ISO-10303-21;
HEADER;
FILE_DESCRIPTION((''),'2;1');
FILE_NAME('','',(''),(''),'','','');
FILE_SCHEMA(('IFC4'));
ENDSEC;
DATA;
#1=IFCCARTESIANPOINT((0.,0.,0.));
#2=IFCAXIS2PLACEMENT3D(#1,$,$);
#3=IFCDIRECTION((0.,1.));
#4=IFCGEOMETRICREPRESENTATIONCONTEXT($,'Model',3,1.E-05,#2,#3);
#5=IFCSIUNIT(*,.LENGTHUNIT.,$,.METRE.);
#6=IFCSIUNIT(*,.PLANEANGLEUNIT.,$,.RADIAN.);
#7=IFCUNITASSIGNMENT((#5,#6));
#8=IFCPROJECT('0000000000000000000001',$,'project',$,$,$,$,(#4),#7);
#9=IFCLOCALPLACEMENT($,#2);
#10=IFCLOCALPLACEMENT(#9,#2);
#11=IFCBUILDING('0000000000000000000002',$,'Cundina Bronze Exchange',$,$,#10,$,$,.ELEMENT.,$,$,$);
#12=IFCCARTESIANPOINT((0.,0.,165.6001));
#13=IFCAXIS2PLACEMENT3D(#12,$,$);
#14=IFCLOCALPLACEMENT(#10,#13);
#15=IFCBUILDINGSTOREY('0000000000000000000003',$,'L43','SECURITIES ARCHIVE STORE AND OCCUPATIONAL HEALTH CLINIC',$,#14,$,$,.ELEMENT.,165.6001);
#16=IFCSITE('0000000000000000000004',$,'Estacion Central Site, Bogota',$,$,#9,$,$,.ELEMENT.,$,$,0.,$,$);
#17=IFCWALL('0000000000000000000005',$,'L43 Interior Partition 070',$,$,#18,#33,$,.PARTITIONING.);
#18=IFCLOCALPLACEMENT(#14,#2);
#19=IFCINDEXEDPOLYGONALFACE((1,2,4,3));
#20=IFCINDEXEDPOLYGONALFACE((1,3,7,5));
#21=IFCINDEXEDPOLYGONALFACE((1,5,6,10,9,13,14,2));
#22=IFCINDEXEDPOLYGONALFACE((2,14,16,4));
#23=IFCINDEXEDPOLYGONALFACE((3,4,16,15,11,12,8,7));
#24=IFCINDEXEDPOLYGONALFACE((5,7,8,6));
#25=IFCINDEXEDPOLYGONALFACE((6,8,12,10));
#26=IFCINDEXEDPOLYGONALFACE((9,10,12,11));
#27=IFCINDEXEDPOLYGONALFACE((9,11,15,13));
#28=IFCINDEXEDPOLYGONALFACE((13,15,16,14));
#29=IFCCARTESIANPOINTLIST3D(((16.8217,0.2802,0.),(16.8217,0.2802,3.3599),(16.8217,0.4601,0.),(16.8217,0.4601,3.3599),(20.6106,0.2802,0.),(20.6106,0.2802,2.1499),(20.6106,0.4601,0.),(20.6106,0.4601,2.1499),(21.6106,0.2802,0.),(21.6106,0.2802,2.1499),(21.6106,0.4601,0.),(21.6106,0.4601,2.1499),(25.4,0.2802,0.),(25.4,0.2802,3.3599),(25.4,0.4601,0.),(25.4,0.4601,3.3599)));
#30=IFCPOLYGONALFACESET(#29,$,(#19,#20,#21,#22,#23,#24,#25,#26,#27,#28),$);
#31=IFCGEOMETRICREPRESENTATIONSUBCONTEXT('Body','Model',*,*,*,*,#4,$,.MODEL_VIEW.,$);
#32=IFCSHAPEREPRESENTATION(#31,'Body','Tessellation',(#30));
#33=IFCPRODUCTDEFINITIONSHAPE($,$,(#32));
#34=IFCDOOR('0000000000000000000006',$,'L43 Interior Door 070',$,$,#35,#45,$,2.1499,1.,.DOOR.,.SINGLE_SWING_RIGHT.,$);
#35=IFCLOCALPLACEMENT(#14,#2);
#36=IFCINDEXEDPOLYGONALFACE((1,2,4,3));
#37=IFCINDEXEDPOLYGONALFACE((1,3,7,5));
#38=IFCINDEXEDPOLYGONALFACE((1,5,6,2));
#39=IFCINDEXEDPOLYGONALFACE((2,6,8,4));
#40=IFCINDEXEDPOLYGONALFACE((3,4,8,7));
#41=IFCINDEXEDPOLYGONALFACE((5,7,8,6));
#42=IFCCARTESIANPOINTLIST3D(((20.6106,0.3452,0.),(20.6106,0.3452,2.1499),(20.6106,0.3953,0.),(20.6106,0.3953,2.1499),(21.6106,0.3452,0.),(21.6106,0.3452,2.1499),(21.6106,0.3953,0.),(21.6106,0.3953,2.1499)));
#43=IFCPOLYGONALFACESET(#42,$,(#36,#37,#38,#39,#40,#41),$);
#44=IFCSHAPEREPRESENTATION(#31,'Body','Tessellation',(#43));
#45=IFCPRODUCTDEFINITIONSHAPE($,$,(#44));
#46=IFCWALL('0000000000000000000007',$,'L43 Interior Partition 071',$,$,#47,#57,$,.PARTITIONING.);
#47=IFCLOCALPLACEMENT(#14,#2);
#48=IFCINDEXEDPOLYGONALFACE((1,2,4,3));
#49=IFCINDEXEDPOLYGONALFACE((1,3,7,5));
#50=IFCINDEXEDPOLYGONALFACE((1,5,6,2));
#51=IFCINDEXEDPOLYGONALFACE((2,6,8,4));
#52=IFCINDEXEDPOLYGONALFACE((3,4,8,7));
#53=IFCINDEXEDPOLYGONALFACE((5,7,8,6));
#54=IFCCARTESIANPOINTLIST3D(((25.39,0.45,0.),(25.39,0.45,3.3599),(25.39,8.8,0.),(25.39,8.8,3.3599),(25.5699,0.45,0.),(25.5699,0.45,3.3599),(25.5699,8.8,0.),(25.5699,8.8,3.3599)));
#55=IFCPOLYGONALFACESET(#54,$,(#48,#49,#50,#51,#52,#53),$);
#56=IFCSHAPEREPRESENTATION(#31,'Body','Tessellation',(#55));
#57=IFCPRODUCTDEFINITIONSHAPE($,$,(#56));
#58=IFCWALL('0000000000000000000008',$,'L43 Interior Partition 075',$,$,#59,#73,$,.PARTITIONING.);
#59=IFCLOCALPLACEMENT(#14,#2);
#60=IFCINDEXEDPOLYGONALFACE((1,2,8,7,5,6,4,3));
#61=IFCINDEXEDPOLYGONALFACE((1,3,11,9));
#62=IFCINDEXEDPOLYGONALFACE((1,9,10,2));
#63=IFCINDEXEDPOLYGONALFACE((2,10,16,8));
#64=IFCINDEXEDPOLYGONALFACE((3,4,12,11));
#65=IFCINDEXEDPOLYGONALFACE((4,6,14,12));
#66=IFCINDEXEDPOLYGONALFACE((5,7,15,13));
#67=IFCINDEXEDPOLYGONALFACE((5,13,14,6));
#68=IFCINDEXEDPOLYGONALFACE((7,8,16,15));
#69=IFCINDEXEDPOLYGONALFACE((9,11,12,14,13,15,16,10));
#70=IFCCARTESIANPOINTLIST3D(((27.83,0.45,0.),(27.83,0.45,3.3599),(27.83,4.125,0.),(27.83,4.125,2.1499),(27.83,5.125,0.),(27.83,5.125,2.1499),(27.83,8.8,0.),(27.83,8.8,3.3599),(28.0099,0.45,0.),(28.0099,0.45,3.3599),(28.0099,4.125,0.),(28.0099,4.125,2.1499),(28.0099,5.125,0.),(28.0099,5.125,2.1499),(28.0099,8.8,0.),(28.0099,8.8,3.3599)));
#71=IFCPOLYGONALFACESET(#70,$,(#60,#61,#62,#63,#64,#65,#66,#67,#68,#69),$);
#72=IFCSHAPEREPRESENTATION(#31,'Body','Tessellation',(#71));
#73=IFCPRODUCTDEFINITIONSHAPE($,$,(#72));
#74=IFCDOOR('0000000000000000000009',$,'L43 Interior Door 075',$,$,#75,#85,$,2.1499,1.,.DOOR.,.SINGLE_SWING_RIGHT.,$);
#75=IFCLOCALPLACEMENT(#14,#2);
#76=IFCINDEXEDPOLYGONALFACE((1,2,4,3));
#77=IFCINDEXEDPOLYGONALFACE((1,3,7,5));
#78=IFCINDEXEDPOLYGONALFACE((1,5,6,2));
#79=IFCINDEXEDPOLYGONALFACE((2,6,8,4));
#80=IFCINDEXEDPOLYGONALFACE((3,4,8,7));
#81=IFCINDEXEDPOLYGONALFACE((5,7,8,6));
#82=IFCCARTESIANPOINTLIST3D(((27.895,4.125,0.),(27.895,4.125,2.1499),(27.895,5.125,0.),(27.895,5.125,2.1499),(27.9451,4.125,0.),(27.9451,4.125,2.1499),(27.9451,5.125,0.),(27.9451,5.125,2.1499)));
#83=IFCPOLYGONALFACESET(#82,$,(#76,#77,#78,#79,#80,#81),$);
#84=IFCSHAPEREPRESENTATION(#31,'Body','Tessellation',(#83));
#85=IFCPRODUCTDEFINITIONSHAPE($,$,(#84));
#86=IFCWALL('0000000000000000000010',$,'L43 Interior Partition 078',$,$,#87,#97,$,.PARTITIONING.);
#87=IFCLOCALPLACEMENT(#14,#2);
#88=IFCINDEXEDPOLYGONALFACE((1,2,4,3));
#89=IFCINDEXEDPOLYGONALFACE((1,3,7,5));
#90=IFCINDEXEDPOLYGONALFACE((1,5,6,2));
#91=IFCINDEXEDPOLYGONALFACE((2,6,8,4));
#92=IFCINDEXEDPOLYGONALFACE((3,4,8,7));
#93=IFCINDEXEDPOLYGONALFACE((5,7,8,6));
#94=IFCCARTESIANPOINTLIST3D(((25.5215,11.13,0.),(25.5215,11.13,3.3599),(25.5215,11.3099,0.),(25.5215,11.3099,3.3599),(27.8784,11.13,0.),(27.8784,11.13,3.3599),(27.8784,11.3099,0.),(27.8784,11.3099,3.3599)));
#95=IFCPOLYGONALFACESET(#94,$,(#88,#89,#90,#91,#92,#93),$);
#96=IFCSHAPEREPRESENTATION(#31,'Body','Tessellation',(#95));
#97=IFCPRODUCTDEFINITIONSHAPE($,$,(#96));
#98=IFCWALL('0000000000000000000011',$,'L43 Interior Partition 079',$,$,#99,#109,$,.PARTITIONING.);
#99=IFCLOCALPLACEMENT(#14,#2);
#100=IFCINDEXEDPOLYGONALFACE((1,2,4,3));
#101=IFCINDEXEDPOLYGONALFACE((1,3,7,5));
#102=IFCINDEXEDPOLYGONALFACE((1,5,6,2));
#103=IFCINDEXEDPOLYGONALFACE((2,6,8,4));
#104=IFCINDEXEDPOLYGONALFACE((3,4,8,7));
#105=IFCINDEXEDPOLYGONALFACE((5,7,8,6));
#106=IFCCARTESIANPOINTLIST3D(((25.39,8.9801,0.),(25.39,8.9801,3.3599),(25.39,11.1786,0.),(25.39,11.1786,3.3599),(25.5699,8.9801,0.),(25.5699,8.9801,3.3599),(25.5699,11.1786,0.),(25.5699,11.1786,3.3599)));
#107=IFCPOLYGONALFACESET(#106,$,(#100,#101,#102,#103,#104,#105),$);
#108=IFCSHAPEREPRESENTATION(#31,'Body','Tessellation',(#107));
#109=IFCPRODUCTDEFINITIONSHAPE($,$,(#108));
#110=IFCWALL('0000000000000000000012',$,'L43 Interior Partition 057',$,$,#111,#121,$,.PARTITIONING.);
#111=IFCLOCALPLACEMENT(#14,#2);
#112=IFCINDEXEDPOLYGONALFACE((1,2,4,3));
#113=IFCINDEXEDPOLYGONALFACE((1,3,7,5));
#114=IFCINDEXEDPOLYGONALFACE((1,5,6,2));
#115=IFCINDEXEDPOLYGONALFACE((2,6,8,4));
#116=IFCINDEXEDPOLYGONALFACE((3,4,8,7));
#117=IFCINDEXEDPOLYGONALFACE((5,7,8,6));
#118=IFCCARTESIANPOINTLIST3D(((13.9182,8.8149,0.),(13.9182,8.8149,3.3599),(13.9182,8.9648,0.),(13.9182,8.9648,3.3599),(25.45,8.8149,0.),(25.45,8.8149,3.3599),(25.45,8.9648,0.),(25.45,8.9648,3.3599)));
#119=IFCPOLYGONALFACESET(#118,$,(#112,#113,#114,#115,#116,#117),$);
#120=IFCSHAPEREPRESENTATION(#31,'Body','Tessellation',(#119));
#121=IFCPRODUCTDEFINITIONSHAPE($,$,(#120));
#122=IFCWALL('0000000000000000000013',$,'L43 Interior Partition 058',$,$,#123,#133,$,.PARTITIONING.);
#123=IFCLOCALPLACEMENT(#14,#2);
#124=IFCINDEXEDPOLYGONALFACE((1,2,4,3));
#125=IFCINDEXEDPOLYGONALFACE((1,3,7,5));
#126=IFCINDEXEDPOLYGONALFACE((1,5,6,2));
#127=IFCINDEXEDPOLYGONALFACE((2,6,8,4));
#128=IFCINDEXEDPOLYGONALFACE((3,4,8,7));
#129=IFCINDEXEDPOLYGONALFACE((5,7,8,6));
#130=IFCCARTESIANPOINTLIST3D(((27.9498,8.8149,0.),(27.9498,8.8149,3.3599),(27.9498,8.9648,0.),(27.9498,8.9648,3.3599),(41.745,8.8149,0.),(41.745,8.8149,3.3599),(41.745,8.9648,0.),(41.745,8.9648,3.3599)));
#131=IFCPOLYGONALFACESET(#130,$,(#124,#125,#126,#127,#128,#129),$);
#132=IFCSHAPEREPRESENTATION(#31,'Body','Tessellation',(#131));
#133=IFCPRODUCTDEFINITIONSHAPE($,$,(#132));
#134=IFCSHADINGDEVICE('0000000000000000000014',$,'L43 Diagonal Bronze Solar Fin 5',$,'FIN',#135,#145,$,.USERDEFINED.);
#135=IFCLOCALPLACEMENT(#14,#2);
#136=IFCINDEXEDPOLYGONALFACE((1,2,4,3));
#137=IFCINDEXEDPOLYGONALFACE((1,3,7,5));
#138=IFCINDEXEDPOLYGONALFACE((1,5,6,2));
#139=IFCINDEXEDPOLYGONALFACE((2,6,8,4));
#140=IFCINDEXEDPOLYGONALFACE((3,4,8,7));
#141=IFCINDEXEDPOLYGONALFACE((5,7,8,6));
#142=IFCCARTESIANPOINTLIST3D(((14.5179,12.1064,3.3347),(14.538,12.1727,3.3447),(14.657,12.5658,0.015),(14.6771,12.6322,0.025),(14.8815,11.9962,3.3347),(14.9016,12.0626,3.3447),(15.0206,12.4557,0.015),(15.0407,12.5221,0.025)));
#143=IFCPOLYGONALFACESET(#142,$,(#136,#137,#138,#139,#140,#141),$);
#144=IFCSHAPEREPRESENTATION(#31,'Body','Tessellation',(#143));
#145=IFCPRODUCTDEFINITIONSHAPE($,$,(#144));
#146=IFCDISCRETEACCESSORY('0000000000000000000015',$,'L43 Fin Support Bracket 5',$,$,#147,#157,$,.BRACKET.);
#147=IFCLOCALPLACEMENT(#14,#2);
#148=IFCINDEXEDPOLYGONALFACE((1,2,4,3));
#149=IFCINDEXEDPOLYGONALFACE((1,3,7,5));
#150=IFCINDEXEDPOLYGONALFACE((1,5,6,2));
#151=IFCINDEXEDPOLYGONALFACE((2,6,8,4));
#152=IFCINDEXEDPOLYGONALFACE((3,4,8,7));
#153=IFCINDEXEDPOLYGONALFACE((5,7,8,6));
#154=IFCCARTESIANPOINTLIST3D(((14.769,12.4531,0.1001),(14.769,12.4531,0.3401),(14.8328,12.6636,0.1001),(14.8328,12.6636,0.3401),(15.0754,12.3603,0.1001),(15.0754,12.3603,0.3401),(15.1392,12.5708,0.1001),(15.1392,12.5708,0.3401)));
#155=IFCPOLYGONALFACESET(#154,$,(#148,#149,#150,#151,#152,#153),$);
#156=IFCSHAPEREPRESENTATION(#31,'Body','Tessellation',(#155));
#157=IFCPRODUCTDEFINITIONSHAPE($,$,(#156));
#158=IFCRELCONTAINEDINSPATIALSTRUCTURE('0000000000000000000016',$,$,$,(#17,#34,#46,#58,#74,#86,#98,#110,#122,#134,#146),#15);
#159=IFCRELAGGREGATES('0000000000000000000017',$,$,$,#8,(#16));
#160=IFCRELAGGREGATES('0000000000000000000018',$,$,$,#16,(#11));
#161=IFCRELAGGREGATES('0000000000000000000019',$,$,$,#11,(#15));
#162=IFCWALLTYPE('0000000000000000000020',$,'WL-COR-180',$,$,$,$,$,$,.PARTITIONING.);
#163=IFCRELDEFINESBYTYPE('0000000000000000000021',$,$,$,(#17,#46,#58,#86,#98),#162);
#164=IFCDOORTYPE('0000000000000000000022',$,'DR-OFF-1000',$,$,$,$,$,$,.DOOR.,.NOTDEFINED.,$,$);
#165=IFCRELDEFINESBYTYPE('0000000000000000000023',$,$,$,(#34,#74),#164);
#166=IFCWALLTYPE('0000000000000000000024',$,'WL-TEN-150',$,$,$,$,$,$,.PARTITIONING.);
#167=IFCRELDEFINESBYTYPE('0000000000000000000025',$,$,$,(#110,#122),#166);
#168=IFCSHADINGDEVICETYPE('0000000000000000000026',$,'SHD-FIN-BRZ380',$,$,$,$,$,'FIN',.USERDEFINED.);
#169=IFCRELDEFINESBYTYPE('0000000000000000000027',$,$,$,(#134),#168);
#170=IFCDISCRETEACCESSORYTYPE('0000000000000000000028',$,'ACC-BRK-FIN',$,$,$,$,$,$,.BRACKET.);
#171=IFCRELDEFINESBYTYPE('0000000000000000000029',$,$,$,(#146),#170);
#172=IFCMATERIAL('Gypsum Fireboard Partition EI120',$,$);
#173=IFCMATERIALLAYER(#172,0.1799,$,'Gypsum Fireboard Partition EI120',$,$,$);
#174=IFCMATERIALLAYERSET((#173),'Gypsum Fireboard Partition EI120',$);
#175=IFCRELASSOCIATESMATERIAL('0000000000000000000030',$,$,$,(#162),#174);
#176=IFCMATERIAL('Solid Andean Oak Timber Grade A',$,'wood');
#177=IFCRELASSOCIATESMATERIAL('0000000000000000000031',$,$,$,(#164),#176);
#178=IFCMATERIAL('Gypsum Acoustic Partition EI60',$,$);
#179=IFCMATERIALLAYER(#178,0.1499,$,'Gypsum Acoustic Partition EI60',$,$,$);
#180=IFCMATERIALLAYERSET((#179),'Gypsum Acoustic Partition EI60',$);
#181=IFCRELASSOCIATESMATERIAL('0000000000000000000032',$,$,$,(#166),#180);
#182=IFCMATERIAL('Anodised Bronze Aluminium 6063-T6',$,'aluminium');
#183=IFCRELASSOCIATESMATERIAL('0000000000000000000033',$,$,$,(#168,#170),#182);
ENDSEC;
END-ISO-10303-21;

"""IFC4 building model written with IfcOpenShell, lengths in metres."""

from ifc_helpers import new_model, si_unit, direction, frame, frame_2d, origin, origin_2d, place, context, subcontext, project, spatial, rectangle, extrude, material, layer, layer_set, material_profile, profile_set, type_object, element, fill, save


model = new_model("IFC4")

# Units and contexts
model_context = context("Model", 3, precision=1e-05, world=origin(), true_north=direction((0.0, 1.0)))
body_context = subcontext(model_context, "Body", "Model", "MODEL_VIEW")
ifc_project = project(units=[si_unit("LENGTHUNIT", "METRE"), si_unit("PLANEANGLEUNIT", "RADIAN")], contexts=[model_context])

# Site, building, storey
site_placement = place(None, origin())
site = spatial("IfcSite", under=ifc_project, at=site_placement, Name="Estacion Central Site, Bogota", CompositionType="ELEMENT", RefElevation=0.0)
building_placement = place(site_placement, origin())
building = spatial("IfcBuilding", under=site, at=building_placement, Name="Cundina Bronze Exchange", CompositionType="ELEMENT")
storey_placement = place(building_placement, frame((0.0, 0.0, 165.6001)))
storey = spatial("IfcBuildingStorey", under=building, at=storey_placement, Name="L43", Description="SECURITIES ARCHIVE STORE AND OCCUPATIONAL HEALTH CLINIC", CompositionType="ELEMENT", Elevation=165.6001)

# Shared definitions
ifc_material_1 = material(Name="Anodised Bronze Aluminium 6063-T6", Category="aluminium")

# Wall, opening, door
ifc_material_2 = material(Name="Gypsum Fireboard Partition EI120")
ifc_layer_1 = layer(ifc_material_2, 0.1799, Name="Gypsum Fireboard Partition EI120")
ifc_layer_set_1 = layer_set([ifc_layer_1], Name="Gypsum Fireboard Partition EI120")
wall_type_1 = type_object("IfcWallType", Name="WL-COR-180", PredefinedType="PARTITIONING", material=ifc_layer_set_1)
wall_1_placement = place(storey_placement, frame((25.3999, 0.3701, 0.0), z_axis=(0.0, 0.0, 1.0), x_axis=(-1.0, 0.0, 0.0)))
wall_1 = element("IfcWall", 1, at=wall_1_placement, inside=storey, type_object=wall_type_1, Name="L43 Interior Partition 070", PredefinedType="PARTITIONING", context=body_context, shape_type="SweptSolid", body=[
    extrude(rectangle(XDim=8.5784, YDim=0.1799, at=frame_2d((4.2891, 0.0))), origin(), (0.0, 0.0, 1.0), 3.3599),
])
opening_1_placement = place(wall_1_placement, frame((3.7893, 0.0, 0.0)))
opening_1 = element("IfcOpeningElement", 2, at=opening_1_placement, cuts=wall_1, PredefinedType="OPENING", context=body_context, shape_type="SweptSolid", body=[
    extrude(rectangle(XDim=1.0, YDim=2.1499, at=frame_2d((0.5, 1.075))), frame((0.0, 0.0999, 0.0), z_axis=(0.0, -1.0, 0.0), x_axis=(1.0, 0.0, 0.0)), (0.0, 0.0, 1.0), 0.2),
])
ifc_material_3 = material(Name="Solid Andean Oak Timber Grade A", Category="wood")
door_type = type_object("IfcDoorType", Name="DR-OFF-1000", OperationType="NOTDEFINED", PredefinedType="DOOR", material=ifc_material_3)
door_1_placement = place(opening_1_placement, origin())
door_1 = element("IfcDoor", 3, at=door_1_placement, inside=storey, type_object=door_type, Name="L43 Interior Door 070", OperationType="SINGLE_SWING_RIGHT", OverallHeight=2.1499, OverallWidth=1.0, PredefinedType="DOOR", context=body_context, shape_type="SweptSolid", body=[
    extrude(rectangle(XDim=1.0, YDim=2.1499, at=frame_2d((0.5, 1.075))), frame((0.0, 0.0249, 0.0), z_axis=(0.0, -1.0, 0.0), x_axis=(1.0, 0.0, 0.0)), (0.0, 0.0, 1.0), 0.05),
])
fill(opening_1, door_1)

# Wall
wall_2_placement = place(storey_placement, frame((25.48, 8.8, 0.0), z_axis=(0.0, 0.0, 1.0), x_axis=(0.0, -1.0, 0.0)))
element("IfcWall", 4, at=wall_2_placement, inside=storey, type_object=wall_type_1, Name="L43 Interior Partition 071", PredefinedType="PARTITIONING", context=body_context, shape_type="SweptSolid", body=[
    extrude(rectangle(XDim=8.3501, YDim=0.1799, at=frame_2d((4.175, 0.0))), origin(), (0.0, 0.0, 1.0), 3.3599),
])

# Wall, opening, door
wall_3_placement = place(storey_placement, frame((27.9199, 0.45, 0.0), z_axis=(0.0, 0.0, 1.0), x_axis=(0.0, 1.0, 0.0)))
wall_3 = element("IfcWall", 5, at=wall_3_placement, inside=storey, type_object=wall_type_1, Name="L43 Interior Partition 075", PredefinedType="PARTITIONING", context=body_context, shape_type="SweptSolid", body=[
    extrude(rectangle(XDim=8.3501, YDim=0.1799, at=frame_2d((4.175, 0.0))), origin(), (0.0, 0.0, 1.0), 3.3599),
])
opening_2_placement = place(wall_3_placement, frame((3.675, 0.0, 0.0)))
opening_2 = element("IfcOpeningElement", 6, at=opening_2_placement, cuts=wall_3, PredefinedType="OPENING", context=body_context, shape_type="SweptSolid", body=[
    extrude(rectangle(XDim=1.0, YDim=2.1499, at=frame_2d((0.5, 1.075))), frame((0.0, 0.0999, 0.0), z_axis=(0.0, -1.0, 0.0), x_axis=(1.0, 0.0, 0.0)), (0.0, 0.0, 1.0), 0.2),
])
door_2_placement = place(opening_2_placement, origin())
door_2 = element("IfcDoor", 7, at=door_2_placement, inside=storey, type_object=door_type, Name="L43 Interior Door 075", OperationType="SINGLE_SWING_RIGHT", OverallHeight=2.1499, OverallWidth=1.0, PredefinedType="DOOR", context=body_context, shape_type="SweptSolid", body=[
    extrude(rectangle(XDim=1.0, YDim=2.1499, at=frame_2d((0.5, 1.075))), frame((0.0, 0.0249, 0.0), z_axis=(0.0, -1.0, 0.0), x_axis=(1.0, 0.0, 0.0)), (0.0, 0.0, 1.0), 0.05),
])
fill(opening_2, door_2)

# Walls
wall_4_placement = place(storey_placement, frame((27.8784, 11.22, 0.0), z_axis=(0.0, 0.0, 1.0), x_axis=(-1.0, 0.0, 0.0)))
element("IfcWall", 8, at=wall_4_placement, inside=storey, type_object=wall_type_1, Name="L43 Interior Partition 078", PredefinedType="PARTITIONING", context=body_context, shape_type="SweptSolid", body=[
    extrude(rectangle(XDim=2.3569, YDim=0.1799, at=frame_2d((1.1785, 0.0))), origin(), (0.0, 0.0, 1.0), 3.3599),
])
wall_5_placement = place(storey_placement, frame((25.48, 11.1785, 0.0), z_axis=(0.0, 0.0, 1.0), x_axis=(0.0, -1.0, 0.0)))
element("IfcWall", 9, at=wall_5_placement, inside=storey, type_object=wall_type_1, Name="L43 Interior Partition 079", PredefinedType="PARTITIONING", context=body_context, shape_type="SweptSolid", body=[
    extrude(rectangle(XDim=2.1985, YDim=0.1799, at=frame_2d((1.0991, 0.0))), origin(), (0.0, 0.0, 1.0), 3.3599),
])

# Walls
ifc_material_4 = material(Name="Gypsum Acoustic Partition EI60")
ifc_layer_2 = layer(ifc_material_4, 0.1499, Name="Gypsum Acoustic Partition EI60")
ifc_layer_set_2 = layer_set([ifc_layer_2], Name="Gypsum Acoustic Partition EI60")
wall_type_2 = type_object("IfcWallType", Name="WL-TEN-150", PredefinedType="PARTITIONING", material=ifc_layer_set_2)
wall_6_placement = place(storey_placement, frame((13.9182, 8.8899, 0.0), z_axis=(0.0, 0.0, 1.0), x_axis=(1.0, 0.0, 0.0)))
element("IfcWall", 10, at=wall_6_placement, inside=storey, type_object=wall_type_2, Name="L43 Interior Partition 057", PredefinedType="PARTITIONING", context=body_context, shape_type="SweptSolid", body=[
    extrude(rectangle(XDim=11.5317, YDim=0.1499, at=frame_2d((5.7659, 0.0))), origin(), (0.0, 0.0, 1.0), 3.3599),
])
wall_7_placement = place(storey_placement, frame((27.95, 8.8899, 0.0), z_axis=(0.0, 0.0, 1.0), x_axis=(1.0, 0.0, 0.0)))
element("IfcWall", 11, at=wall_7_placement, inside=storey, type_object=wall_type_2, Name="L43 Interior Partition 058", PredefinedType="PARTITIONING", context=body_context, shape_type="SweptSolid", body=[
    extrude(rectangle(XDim=13.7952, YDim=0.1499, at=frame_2d((6.8975, 0.0))), origin(), (0.0, 0.0, 1.0), 3.3599),
])

# Shading device
ifc_material_profile_1 = material_profile(ifc_material_1, rectangle(XDim=0.0701, YDim=0.3799, at=origin_2d()), Name="FIN70X380", Category="aluminium")
ifc_profile_set_1 = profile_set([ifc_material_profile_1], Name="Anodised Bronze Aluminium 6063-T6")
shading_device_type = type_object("IfcShadingDeviceType", Name="SHD-FIN-BRZ380", ElementType="FIN", PredefinedType="USERDEFINED", material=ifc_profile_set_1)
shading_device_placement = place(storey_placement, frame((14.8489, 12.5439, 0.02), z_axis=(-0.041486, -0.136978, 0.989705), x_axis=(0.286882, 0.947214, 0.143123)))
element("IfcShadingDevice", 12, at=shading_device_placement, inside=storey, type_object=shading_device_type, Name="L43 Diagonal Bronze Solar Fin 5", ObjectType="FIN", PredefinedType="USERDEFINED", context=body_context, shape_type="SweptSolid", body=[
    extrude(rectangle(XDim=0.0701, YDim=0.3799, at=origin_2d()), origin(), (0.0, 0.0, 1.0), 3.3542),
])

# Discrete accessory
discrete_accessory_type = type_object("IfcDiscreteAccessoryType", Name="ACC-BRK-FIN", PredefinedType="BRACKET", material=ifc_material_1)
discrete_accessory_placement = place(storey_placement, frame((14.9541, 12.512, 0.1001), z_axis=(0.0, 0.0, 1.0), x_axis=(-0.290051, -0.957011, 0.0)))
element("IfcDiscreteAccessory", 13, at=discrete_accessory_placement, inside=storey, type_object=discrete_accessory_type, Name="L43 Fin Support Bracket 5", PredefinedType="BRACKET", context=body_context, shape_type="SweptSolid", body=[
    extrude(rectangle(XDim=0.22, YDim=0.3201, at=origin_2d()), origin(), (0.0, 0.0, 1.0), 0.24),
])

save(model, "model.ifc")
